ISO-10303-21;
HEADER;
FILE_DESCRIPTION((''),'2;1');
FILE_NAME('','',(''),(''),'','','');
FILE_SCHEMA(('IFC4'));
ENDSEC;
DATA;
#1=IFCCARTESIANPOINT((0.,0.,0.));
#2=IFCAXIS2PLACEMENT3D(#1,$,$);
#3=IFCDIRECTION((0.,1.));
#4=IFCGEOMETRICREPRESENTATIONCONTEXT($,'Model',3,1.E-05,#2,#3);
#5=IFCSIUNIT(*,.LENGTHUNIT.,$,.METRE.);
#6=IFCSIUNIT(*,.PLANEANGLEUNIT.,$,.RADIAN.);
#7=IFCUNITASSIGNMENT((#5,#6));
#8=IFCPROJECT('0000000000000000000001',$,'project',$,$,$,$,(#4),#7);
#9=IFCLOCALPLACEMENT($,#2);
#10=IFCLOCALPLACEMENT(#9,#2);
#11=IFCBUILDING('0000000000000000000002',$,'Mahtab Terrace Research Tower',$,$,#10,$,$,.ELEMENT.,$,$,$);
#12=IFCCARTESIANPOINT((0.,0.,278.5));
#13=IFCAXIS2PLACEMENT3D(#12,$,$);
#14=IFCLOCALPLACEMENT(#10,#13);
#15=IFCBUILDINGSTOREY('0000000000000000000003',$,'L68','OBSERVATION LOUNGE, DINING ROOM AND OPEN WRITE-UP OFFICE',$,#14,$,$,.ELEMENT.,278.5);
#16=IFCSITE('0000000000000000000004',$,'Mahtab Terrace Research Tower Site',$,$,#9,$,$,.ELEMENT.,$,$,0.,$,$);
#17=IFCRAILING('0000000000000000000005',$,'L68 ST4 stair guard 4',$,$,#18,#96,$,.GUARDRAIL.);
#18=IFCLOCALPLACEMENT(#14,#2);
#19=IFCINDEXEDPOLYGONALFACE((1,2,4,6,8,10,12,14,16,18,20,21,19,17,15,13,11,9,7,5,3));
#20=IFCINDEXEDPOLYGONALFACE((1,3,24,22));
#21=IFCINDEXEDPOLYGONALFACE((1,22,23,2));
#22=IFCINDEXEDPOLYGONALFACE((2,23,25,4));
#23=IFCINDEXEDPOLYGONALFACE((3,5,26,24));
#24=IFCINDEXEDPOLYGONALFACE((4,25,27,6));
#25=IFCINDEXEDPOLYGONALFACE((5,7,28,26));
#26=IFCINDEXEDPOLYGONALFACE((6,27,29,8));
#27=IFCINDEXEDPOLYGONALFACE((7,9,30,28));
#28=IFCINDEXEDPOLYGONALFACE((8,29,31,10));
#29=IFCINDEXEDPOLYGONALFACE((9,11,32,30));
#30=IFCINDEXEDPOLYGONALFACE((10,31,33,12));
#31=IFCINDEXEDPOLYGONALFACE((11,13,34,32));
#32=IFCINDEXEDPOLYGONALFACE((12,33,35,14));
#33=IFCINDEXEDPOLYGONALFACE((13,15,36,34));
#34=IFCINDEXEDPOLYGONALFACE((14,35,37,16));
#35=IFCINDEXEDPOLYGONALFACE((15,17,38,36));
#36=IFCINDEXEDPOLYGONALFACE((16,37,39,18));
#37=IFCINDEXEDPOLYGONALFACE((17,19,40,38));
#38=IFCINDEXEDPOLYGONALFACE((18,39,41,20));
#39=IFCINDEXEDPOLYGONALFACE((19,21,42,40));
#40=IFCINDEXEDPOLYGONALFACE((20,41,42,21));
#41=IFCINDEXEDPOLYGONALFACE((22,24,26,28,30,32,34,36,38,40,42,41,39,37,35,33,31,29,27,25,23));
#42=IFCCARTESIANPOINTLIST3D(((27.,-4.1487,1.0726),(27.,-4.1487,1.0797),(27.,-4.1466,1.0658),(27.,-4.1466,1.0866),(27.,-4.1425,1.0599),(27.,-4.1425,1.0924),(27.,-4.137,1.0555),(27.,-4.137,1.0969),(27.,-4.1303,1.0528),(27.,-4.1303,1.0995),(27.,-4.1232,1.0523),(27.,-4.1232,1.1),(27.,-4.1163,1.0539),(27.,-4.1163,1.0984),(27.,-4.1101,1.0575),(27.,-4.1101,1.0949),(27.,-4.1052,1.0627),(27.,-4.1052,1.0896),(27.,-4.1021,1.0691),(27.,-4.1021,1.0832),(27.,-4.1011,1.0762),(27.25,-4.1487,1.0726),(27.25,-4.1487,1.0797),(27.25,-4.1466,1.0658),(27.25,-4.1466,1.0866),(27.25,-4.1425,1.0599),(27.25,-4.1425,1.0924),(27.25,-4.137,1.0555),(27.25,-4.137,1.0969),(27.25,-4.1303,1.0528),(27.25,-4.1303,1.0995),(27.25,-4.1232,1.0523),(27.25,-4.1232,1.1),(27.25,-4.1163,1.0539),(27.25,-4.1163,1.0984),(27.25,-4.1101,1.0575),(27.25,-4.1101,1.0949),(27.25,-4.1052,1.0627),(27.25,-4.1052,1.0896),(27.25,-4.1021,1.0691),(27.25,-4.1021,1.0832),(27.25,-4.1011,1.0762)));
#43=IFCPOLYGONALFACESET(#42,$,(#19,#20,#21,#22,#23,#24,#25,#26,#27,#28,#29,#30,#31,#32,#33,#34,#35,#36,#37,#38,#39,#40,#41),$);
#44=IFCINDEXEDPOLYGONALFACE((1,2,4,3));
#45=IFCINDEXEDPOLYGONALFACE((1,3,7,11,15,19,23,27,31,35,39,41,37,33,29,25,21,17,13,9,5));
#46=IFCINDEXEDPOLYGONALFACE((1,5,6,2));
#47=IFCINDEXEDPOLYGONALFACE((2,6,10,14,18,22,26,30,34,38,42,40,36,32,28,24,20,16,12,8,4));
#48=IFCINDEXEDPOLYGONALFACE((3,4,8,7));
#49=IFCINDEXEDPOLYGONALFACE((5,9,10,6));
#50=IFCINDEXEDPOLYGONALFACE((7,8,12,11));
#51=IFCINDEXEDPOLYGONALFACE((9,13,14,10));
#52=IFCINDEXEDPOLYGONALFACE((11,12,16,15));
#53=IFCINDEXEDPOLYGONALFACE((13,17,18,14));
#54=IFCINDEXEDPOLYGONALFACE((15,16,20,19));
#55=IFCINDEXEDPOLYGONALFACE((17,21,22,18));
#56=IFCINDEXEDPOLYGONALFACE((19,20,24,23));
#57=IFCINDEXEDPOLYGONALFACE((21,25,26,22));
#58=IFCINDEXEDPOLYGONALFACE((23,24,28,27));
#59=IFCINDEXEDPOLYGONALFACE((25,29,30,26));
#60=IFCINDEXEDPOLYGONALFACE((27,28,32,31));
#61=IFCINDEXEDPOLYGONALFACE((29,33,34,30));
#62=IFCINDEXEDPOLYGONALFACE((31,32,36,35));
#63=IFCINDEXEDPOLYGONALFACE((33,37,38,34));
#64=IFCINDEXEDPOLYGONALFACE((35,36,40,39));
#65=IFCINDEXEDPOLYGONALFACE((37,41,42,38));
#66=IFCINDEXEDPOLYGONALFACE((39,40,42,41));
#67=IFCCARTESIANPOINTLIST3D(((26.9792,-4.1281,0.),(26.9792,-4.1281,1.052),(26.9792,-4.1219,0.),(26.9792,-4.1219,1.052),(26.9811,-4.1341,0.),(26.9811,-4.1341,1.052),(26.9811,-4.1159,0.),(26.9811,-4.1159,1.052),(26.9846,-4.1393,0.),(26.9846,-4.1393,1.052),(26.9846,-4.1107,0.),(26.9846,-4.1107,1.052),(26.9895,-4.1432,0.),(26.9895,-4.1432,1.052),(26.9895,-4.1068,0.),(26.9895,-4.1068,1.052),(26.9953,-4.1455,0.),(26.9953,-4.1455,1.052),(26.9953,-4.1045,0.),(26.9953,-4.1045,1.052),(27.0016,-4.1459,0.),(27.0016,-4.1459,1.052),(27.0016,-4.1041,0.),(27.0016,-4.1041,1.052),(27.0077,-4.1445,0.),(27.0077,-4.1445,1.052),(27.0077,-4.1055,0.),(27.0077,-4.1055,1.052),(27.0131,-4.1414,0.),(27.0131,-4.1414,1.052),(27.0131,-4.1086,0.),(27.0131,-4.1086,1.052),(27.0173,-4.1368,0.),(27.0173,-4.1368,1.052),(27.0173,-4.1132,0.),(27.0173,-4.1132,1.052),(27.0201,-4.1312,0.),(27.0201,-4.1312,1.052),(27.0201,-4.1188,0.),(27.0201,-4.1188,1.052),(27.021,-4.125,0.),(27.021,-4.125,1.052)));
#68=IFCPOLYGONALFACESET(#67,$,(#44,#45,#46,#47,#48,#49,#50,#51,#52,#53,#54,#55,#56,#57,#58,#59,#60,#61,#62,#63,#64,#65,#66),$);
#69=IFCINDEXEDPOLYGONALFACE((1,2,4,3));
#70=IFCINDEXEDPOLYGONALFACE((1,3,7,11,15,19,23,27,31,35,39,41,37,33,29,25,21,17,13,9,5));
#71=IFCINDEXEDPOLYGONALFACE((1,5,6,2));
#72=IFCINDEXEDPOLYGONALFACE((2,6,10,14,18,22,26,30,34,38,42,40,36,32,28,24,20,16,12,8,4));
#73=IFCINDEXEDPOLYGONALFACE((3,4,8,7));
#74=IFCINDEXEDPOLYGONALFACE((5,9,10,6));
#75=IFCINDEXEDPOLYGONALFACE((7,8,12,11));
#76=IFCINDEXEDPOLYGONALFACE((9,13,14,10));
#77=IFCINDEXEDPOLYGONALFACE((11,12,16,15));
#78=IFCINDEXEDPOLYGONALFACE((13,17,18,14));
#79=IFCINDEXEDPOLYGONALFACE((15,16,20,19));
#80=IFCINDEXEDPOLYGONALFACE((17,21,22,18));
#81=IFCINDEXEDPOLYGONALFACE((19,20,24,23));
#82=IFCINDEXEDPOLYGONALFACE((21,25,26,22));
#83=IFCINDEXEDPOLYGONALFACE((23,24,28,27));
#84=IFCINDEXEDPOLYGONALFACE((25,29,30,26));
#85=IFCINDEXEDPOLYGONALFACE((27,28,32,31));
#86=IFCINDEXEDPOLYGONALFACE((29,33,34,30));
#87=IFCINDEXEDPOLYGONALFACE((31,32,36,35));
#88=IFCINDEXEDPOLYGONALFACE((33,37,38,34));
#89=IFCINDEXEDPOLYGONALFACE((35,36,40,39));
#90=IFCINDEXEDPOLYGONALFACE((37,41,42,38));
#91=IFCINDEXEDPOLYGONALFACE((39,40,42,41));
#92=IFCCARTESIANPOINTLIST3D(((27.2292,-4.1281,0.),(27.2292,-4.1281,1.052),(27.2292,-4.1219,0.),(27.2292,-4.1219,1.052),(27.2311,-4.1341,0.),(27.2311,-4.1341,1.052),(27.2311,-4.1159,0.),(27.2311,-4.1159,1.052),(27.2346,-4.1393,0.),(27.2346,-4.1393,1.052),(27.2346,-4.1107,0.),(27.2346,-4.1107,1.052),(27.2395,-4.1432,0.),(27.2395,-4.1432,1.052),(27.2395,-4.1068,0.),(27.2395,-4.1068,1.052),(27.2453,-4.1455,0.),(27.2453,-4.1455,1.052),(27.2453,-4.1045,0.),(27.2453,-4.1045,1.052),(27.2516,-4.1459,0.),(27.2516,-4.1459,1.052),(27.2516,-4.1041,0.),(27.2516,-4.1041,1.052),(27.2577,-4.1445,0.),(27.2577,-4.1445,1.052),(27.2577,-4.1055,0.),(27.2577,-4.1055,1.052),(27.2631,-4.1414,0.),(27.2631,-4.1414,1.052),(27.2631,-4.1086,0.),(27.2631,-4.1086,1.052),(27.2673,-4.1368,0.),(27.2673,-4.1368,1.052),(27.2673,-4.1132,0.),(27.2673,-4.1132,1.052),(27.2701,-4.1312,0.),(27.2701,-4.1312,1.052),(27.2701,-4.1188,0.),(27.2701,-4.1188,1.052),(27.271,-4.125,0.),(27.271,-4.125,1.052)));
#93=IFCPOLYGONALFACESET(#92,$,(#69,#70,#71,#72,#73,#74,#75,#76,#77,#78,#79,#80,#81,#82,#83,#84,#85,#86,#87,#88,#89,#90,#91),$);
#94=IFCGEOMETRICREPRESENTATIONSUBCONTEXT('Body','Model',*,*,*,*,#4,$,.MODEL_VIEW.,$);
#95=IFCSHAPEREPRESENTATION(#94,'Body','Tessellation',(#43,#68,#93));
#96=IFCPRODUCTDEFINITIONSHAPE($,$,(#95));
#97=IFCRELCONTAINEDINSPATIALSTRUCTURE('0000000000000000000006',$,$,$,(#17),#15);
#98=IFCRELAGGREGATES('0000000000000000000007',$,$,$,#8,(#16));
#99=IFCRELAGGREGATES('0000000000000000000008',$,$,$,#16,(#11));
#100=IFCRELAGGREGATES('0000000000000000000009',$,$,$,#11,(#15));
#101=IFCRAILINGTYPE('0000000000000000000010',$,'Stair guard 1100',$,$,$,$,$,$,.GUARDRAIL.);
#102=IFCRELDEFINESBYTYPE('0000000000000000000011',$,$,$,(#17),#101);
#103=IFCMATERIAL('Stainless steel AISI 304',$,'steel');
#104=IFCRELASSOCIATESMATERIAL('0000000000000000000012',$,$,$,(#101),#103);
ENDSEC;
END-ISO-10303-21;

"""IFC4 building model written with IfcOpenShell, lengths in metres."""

from ifc_helpers import new_model, si_unit, direction, frame, origin, origin_2d, place, context, subcontext, project, spatial, circle, extrude, material, type_object, element, save


model = new_model("IFC4")

# Units and contexts
model_context = context("Model", 3, precision=1e-05, world=origin(), true_north=direction((0.0, 1.0)))
body_context = subcontext(model_context, "Body", "Model", "MODEL_VIEW")
ifc_project = project(units=[si_unit("LENGTHUNIT", "METRE"), si_unit("PLANEANGLEUNIT", "RADIAN")], contexts=[model_context])

# Site, building, storey
site_placement = place(None, origin())
site = spatial("IfcSite", under=ifc_project, at=site_placement, Name="Mahtab Terrace Research Tower Site", CompositionType="ELEMENT", RefElevation=0.0)
building_placement = place(site_placement, origin())
building = spatial("IfcBuilding", under=site, at=building_placement, Name="Mahtab Terrace Research Tower", CompositionType="ELEMENT")
storey_placement = place(building_placement, frame((0.0, 0.0, 278.5)))
storey = spatial("IfcBuildingStorey", under=building, at=storey_placement, Name="L68", Description="OBSERVATION LOUNGE, DINING ROOM AND OPEN WRITE-UP OFFICE", CompositionType="ELEMENT", Elevation=278.5)

# Railing
ifc_material_1 = material(Name="Stainless steel AISI 304", Category="steel")
railing_type_1 = type_object("IfcRailingType", Name="Stair guard 1100", PredefinedType="GUARDRAIL", material=ifc_material_1)
railing_1_placement = place(storey_placement, frame((27.0, -4.125, 0.0)))
element("IfcRailing", 1, at=railing_1_placement, inside=storey, type_object=railing_type_1, Name="L68 ST4 stair guard 4", PredefinedType="GUARDRAIL", context=body_context, shape_type="SweptSolid", body=[
    extrude(circle(Radius=0.0239, at=origin_2d()), frame((0.0, 0.0, 1.0762), z_axis=(1.0, 0.0, 0.0), x_axis=(0.0, 1.0, 0.0)), (0.0, 0.0, 1.0), 0.25),
    extrude(circle(Radius=0.021, at=origin_2d()), origin(), (0.0, 0.0, 1.0), 1.052),
    extrude(circle(Radius=0.021, at=origin_2d()), frame((0.25, 0.0, 0.0)), (0.0, 0.0, 1.0), 1.052),
])

save(model, "model.ifc")
